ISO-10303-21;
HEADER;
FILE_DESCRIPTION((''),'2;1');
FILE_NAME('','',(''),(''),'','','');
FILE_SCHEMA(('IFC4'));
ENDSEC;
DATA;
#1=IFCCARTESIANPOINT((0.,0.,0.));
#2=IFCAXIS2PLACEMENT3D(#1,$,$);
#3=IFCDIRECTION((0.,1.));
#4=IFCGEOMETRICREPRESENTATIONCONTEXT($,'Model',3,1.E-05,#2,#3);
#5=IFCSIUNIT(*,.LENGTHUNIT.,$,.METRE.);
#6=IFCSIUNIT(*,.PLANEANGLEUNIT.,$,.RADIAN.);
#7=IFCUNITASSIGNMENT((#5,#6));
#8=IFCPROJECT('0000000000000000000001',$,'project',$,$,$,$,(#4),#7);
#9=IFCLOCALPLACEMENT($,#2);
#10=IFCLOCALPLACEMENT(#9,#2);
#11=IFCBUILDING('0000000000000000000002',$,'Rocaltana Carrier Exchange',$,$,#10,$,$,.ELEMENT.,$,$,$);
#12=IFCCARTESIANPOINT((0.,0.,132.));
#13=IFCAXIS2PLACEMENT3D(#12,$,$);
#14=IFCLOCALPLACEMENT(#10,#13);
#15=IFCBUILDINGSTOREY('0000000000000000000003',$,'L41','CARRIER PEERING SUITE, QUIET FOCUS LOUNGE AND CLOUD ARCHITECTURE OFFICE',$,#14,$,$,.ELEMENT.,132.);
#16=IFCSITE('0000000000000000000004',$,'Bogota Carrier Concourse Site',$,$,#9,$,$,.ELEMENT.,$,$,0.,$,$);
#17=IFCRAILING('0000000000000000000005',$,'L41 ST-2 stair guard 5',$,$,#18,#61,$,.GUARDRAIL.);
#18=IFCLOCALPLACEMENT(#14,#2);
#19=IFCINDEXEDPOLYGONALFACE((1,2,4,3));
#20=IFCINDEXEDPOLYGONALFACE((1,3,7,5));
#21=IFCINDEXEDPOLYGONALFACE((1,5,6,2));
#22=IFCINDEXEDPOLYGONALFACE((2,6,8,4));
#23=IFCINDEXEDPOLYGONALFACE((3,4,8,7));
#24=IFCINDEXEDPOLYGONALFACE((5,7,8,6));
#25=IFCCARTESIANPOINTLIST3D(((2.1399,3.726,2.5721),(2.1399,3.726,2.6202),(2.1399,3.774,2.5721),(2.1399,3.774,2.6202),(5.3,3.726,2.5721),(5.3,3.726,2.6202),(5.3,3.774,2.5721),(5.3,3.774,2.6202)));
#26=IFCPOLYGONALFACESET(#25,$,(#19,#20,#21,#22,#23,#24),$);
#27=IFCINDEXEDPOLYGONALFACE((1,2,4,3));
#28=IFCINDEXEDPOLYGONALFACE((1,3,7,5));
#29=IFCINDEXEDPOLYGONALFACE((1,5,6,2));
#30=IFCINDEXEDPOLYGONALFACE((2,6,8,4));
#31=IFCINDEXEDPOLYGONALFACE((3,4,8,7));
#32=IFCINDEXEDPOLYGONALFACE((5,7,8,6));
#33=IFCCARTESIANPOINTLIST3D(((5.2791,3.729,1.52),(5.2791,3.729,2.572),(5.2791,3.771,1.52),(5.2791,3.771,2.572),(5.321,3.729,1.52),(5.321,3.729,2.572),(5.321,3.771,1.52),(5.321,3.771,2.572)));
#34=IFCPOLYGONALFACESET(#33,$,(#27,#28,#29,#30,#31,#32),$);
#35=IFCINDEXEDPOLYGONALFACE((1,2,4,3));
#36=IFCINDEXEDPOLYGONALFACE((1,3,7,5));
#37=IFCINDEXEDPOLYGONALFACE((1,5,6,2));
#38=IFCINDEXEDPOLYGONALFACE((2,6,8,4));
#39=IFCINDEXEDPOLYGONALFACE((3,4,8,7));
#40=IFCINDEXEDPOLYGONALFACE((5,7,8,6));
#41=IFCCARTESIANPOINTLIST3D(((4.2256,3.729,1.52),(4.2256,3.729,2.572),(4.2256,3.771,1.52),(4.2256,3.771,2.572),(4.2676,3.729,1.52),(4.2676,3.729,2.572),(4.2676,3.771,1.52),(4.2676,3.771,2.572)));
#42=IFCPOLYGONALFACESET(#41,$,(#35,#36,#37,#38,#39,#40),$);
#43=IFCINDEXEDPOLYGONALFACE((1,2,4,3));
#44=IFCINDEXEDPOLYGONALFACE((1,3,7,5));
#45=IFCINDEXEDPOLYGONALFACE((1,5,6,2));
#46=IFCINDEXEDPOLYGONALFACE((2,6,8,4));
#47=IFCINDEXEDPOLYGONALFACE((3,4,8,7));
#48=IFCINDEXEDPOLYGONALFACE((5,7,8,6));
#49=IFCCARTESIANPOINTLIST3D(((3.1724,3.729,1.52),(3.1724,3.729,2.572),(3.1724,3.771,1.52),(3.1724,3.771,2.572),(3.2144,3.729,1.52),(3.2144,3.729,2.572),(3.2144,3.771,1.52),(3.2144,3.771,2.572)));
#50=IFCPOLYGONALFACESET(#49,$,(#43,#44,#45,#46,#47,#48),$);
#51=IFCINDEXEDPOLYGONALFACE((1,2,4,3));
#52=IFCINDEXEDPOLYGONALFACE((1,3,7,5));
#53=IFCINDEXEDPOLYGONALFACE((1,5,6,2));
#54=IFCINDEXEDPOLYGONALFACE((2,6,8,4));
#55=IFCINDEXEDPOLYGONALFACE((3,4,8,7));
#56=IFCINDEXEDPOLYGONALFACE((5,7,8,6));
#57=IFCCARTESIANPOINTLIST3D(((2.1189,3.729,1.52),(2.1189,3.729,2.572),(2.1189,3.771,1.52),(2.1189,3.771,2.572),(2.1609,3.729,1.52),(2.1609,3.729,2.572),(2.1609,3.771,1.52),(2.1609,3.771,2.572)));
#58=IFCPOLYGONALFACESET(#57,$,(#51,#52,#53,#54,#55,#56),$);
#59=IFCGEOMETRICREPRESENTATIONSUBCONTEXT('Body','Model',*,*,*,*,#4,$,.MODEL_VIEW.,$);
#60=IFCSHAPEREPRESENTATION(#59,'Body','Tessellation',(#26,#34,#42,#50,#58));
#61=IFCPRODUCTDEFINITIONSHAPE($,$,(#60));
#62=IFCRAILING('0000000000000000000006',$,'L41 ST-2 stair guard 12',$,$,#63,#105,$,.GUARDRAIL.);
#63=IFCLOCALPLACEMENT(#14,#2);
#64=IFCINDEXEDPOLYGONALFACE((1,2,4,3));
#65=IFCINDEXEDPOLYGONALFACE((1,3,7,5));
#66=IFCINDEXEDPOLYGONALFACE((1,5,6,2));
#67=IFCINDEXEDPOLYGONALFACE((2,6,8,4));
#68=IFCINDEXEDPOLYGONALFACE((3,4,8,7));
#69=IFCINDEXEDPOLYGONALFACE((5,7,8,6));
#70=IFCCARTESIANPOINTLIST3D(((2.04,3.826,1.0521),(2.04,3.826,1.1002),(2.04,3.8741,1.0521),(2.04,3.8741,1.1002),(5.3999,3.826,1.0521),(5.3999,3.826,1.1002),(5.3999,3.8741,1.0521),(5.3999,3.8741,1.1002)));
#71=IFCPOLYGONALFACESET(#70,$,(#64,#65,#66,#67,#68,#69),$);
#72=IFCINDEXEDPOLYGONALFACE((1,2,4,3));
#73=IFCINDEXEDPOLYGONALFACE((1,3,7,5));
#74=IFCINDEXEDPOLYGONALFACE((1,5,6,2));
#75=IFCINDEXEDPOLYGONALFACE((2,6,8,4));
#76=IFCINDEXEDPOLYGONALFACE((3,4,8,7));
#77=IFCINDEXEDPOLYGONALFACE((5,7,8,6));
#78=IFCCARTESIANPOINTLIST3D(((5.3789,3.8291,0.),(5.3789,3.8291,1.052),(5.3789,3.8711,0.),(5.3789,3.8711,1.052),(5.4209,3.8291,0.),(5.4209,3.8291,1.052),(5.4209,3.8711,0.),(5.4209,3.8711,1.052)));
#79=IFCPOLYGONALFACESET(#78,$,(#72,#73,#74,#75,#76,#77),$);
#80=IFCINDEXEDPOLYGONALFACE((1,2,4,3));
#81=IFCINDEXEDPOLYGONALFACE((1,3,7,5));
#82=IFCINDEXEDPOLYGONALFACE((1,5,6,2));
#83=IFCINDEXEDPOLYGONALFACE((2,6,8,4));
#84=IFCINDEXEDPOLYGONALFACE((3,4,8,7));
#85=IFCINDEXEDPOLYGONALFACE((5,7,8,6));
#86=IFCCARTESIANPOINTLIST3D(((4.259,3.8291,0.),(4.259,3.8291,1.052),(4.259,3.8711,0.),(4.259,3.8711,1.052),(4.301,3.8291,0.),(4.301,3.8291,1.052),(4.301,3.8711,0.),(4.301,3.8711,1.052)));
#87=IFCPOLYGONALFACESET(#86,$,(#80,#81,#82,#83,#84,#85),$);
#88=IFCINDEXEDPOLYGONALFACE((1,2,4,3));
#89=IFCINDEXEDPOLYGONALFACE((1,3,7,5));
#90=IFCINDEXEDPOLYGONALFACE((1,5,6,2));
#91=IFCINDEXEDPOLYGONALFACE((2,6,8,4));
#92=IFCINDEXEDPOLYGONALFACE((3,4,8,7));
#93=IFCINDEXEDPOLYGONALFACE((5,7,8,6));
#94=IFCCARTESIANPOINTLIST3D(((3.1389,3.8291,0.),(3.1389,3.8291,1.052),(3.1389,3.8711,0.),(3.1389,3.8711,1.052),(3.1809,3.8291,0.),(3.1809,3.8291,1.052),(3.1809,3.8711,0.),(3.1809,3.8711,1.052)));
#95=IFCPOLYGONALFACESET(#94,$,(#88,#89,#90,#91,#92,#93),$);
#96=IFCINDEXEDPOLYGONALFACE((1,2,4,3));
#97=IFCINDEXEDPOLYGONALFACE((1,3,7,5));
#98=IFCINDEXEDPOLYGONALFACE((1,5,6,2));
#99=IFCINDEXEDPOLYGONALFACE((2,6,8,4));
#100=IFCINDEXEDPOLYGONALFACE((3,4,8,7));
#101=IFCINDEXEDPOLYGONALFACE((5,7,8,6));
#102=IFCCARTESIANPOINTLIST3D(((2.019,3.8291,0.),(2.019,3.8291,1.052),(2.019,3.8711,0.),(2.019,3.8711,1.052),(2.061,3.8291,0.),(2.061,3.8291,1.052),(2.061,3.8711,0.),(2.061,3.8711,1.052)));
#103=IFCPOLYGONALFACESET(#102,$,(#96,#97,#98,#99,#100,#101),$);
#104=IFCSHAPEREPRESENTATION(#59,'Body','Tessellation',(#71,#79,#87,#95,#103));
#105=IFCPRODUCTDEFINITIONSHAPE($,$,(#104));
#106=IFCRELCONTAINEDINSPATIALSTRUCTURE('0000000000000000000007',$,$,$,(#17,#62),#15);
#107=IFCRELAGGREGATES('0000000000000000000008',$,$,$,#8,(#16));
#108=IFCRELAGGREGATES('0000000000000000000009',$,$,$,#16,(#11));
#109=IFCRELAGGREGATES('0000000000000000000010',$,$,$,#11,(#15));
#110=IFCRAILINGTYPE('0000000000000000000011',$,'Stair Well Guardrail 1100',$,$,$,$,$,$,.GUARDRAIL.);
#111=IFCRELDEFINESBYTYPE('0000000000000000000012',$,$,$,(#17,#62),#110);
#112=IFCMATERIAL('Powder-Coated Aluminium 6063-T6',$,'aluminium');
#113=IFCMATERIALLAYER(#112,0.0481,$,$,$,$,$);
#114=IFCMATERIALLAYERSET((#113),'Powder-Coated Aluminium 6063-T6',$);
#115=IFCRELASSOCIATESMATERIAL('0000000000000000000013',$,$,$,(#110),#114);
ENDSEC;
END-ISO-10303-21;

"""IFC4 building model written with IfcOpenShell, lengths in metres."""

from ifc_helpers import new_model, si_unit, direction, frame, origin, origin_2d, place, context, subcontext, project, spatial, rectangle, extrude, material, layer, layer_set, type_object, element, save


model = new_model("IFC4")

# Units and contexts
model_context = context("Model", 3, precision=1e-05, world=origin(), true_north=direction((0.0, 1.0)))
body_context = subcontext(model_context, "Body", "Model", "MODEL_VIEW")
ifc_project = project(units=[si_unit("LENGTHUNIT", "METRE"), si_unit("PLANEANGLEUNIT", "RADIAN")], contexts=[model_context])

# Site, building, storey
site_placement = place(None, origin())
site = spatial("IfcSite", under=ifc_project, at=site_placement, Name="Bogota Carrier Concourse Site", CompositionType="ELEMENT", RefElevation=0.0)
building_placement = place(site_placement, origin())
building = spatial("IfcBuilding", under=site, at=building_placement, Name="Rocaltana Carrier Exchange", CompositionType="ELEMENT")
storey_placement = place(building_placement, frame((0.0, 0.0, 132.0)))
storey = spatial("IfcBuildingStorey", under=building, at=storey_placement, Name="L41", Description="CARRIER PEERING SUITE, QUIET FOCUS LOUNGE AND CLOUD ARCHITECTURE OFFICE", CompositionType="ELEMENT", Elevation=132.0)

# Railings
ifc_material_1 = material(Name="Powder-Coated Aluminium 6063-T6", Category="aluminium")
ifc_layer_1 = layer(ifc_material_1, 0.0481)
ifc_layer_set_1 = layer_set([ifc_layer_1], Name="Powder-Coated Aluminium 6063-T6")
railing_type = type_object("IfcRailingType", Name="Stair Well Guardrail 1100", PredefinedType="GUARDRAIL", material=ifc_layer_set_1)
railing_1_placement = place(storey_placement, frame((5.3, 3.75, 1.52)))
element("IfcRailing", 1, at=railing_1_placement, inside=storey, type_object=railing_type, Name="L41 ST-2 stair guard 5", PredefinedType="GUARDRAIL", context=body_context, shape_type="SweptSolid", body=[
    extrude(rectangle(XDim=0.0481, YDim=0.0481, at=origin_2d()), frame((0.0, 0.0, 1.0762), z_axis=(-1.0, 0.0, 0.0), x_axis=(0.0, -1.0, 0.0)), (0.0, 0.0, 1.0), 3.1602),
    extrude(rectangle(XDim=0.042, YDim=0.042, at=origin_2d()), origin(), (0.0, 0.0, 1.0), 1.052),
    extrude(rectangle(XDim=0.042, YDim=0.042, at=origin_2d()), frame((-1.0535, 0.0, 0.0)), (0.0, 0.0, 1.0), 1.052),
    extrude(rectangle(XDim=0.042, YDim=0.042, at=origin_2d()), frame((-2.1067, 0.0, 0.0)), (0.0, 0.0, 1.0), 1.052),
    extrude(rectangle(XDim=0.042, YDim=0.042, at=origin_2d()), frame((-3.1602, 0.0, 0.0)), (0.0, 0.0, 1.0), 1.052),
])
railing_2_placement = place(storey_placement, frame((5.3999, 3.8501, 0.0)))
element("IfcRailing", 2, at=railing_2_placement, inside=storey, type_object=railing_type, Name="L41 ST-2 stair guard 12", PredefinedType="GUARDRAIL", context=body_context, shape_type="SweptSolid", body=[
    extrude(rectangle(XDim=0.0481, YDim=0.0481, at=origin_2d()), frame((0.0, 0.0, 1.0762), z_axis=(-1.0, 0.0, 0.0), x_axis=(0.0, -1.0, 0.0)), (0.0, 0.0, 1.0), 3.3599),
    extrude(rectangle(XDim=0.042, YDim=0.042, at=origin_2d()), origin(), (0.0, 0.0, 1.0), 1.052),
    extrude(rectangle(XDim=0.042, YDim=0.042, at=origin_2d()), frame((-1.1199, 0.0, 0.0)), (0.0, 0.0, 1.0), 1.052),
    extrude(rectangle(XDim=0.042, YDim=0.042, at=origin_2d()), frame((-2.24, 0.0, 0.0)), (0.0, 0.0, 1.0), 1.052),
    extrude(rectangle(XDim=0.042, YDim=0.042, at=origin_2d()), frame((-3.3599, 0.0, 0.0)), (0.0, 0.0, 1.0), 1.052),
])

save(model, "model.ifc")
